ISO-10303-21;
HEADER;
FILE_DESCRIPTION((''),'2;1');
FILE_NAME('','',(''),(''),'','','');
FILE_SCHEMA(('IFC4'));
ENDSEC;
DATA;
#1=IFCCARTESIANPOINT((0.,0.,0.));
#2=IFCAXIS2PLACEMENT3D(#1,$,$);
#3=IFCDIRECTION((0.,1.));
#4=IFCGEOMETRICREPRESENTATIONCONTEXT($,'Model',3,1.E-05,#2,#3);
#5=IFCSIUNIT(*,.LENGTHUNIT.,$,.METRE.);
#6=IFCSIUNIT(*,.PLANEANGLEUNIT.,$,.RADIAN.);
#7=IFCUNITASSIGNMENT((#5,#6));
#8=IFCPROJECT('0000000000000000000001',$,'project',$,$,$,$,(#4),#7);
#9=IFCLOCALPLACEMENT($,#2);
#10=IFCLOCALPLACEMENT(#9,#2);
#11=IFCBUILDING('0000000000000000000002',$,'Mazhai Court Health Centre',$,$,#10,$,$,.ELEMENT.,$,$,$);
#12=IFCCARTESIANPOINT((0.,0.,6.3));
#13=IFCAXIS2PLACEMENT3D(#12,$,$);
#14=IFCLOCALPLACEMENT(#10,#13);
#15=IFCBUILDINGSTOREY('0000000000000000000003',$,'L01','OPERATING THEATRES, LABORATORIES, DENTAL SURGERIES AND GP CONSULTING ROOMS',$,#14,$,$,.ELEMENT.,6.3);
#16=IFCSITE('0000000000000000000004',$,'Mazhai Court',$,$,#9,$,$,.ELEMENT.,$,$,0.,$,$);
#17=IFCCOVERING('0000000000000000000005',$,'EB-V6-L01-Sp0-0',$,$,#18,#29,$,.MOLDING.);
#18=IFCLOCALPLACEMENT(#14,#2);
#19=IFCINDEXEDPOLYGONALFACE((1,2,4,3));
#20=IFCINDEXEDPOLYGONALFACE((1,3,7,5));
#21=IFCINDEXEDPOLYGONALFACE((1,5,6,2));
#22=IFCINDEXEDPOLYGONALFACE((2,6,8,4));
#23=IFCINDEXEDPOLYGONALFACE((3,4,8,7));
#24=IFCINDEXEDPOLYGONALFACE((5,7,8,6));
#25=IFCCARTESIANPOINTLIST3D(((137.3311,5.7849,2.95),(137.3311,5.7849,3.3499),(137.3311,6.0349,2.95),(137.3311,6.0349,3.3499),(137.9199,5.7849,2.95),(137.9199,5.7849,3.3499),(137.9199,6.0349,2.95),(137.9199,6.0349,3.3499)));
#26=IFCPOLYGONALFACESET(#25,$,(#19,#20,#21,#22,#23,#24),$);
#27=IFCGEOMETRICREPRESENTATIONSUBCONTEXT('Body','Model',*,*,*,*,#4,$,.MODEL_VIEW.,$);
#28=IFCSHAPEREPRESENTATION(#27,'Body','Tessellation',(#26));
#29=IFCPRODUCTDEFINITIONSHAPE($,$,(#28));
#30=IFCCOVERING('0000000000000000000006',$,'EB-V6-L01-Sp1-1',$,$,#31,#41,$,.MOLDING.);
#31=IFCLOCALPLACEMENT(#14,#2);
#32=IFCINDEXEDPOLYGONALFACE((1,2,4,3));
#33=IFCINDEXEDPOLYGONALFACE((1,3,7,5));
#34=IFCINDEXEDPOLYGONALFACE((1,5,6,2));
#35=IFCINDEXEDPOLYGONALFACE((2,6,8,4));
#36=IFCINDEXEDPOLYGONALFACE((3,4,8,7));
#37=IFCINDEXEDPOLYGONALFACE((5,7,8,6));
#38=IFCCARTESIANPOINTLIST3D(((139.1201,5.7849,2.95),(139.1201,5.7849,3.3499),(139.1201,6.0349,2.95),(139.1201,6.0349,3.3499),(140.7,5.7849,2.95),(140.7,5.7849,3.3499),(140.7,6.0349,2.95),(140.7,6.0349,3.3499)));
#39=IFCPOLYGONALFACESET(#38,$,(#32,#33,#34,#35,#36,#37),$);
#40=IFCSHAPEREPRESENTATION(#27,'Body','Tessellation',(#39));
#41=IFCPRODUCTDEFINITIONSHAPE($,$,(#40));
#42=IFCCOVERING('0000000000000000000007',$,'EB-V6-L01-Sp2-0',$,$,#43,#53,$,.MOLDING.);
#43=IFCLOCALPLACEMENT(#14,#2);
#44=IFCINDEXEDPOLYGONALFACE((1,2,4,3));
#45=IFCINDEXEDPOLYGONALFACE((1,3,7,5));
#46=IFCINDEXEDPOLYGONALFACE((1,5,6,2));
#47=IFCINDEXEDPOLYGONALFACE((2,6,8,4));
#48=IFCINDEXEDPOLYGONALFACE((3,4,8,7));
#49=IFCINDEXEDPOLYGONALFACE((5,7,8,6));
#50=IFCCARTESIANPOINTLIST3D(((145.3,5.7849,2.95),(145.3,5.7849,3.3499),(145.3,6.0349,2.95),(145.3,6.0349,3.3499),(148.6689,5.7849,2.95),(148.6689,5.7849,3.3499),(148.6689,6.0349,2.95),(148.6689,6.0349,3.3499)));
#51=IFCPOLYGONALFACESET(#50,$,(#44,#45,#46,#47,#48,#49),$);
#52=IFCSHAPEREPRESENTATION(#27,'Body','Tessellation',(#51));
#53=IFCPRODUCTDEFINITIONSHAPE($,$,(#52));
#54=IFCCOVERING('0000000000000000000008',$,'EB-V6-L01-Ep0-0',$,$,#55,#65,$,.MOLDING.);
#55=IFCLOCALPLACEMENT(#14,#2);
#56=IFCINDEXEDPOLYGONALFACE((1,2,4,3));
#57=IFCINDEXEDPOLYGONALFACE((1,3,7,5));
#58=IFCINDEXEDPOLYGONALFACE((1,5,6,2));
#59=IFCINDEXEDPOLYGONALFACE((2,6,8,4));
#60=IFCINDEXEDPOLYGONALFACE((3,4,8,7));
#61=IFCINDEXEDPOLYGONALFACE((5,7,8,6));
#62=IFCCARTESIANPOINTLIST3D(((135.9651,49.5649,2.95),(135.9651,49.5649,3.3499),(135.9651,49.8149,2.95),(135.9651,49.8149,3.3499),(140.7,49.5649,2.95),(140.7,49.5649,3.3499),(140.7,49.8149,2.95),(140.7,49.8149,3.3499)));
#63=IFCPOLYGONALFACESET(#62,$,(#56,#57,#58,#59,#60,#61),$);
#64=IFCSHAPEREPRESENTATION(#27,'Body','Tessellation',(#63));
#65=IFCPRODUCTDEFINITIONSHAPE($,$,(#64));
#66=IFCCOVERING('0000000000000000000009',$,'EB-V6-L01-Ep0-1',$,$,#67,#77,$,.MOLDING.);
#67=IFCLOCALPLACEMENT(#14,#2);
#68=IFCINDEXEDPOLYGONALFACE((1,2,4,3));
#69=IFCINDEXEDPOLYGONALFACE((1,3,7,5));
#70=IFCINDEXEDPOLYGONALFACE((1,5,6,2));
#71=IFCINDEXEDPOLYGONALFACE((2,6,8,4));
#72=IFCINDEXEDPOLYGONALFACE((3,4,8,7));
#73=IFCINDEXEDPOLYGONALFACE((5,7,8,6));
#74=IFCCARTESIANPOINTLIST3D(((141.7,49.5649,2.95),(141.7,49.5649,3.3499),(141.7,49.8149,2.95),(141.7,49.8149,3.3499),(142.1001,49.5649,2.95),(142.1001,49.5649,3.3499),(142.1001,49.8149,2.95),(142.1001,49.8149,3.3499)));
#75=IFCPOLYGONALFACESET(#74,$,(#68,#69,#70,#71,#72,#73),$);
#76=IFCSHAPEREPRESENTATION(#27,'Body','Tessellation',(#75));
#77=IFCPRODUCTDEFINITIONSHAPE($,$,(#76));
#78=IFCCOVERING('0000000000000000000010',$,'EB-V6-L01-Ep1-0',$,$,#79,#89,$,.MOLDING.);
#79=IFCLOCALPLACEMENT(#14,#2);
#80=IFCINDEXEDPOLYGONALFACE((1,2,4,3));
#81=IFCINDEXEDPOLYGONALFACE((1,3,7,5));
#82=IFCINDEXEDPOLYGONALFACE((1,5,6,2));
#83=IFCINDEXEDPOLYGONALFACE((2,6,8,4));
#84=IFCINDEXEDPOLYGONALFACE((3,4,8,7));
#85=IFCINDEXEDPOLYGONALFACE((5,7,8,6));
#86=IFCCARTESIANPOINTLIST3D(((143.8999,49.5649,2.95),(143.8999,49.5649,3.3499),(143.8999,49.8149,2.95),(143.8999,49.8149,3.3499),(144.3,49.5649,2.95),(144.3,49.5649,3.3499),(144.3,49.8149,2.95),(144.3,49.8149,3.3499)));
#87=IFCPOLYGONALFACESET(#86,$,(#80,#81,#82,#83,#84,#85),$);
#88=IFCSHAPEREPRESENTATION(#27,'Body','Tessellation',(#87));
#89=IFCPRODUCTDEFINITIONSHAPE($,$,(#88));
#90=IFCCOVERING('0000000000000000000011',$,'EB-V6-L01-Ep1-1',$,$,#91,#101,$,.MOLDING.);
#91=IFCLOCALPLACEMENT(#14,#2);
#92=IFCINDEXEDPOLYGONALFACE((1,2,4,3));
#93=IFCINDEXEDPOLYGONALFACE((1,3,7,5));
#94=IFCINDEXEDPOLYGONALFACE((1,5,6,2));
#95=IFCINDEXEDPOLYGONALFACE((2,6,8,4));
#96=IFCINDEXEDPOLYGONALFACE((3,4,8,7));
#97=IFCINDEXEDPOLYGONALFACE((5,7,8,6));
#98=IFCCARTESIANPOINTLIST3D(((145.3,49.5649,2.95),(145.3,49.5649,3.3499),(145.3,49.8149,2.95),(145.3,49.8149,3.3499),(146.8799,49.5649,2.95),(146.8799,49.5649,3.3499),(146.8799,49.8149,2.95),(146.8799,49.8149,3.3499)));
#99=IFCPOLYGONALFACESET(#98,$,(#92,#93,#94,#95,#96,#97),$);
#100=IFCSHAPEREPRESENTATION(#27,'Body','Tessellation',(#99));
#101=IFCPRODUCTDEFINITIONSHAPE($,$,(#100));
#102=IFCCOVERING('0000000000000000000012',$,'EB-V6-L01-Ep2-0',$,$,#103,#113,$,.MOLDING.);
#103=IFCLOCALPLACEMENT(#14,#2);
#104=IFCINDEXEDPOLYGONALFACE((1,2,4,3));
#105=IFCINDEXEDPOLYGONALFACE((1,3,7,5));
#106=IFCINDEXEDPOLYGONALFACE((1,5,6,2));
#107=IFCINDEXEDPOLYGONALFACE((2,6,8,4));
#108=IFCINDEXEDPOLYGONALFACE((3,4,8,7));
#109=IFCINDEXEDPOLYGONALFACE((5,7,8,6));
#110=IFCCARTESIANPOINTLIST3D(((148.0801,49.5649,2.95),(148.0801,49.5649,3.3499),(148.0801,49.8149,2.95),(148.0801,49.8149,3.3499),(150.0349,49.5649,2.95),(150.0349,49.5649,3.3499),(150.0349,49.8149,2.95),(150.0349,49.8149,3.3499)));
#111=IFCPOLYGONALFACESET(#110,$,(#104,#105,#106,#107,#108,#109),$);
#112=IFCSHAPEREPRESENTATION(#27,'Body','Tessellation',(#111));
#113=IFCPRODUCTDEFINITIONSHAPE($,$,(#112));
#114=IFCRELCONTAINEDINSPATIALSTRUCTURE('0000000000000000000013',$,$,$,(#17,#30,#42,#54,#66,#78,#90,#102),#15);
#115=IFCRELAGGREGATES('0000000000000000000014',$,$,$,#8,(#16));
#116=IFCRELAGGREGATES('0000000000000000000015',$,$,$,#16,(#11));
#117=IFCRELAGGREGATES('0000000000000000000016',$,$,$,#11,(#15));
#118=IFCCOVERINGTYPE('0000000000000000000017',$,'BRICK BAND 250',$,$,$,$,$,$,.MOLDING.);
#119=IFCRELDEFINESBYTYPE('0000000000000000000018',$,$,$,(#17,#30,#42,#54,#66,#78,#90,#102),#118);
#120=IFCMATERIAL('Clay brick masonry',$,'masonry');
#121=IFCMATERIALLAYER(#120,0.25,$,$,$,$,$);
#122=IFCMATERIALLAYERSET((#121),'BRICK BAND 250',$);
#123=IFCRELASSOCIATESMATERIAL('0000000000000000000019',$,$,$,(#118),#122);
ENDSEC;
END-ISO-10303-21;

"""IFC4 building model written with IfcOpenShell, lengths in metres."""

from ifc_helpers import new_model, si_unit, direction, frame, origin, place, context, subcontext, project, spatial, polyline, outline, extrude, material, layer, layer_set, type_object, element, save


model = new_model("IFC4")

# Units and contexts
model_context = context("Model", 3, precision=1e-05, world=origin(), true_north=direction((0.0, 1.0)))
body_context = subcontext(model_context, "Body", "Model", "MODEL_VIEW")
ifc_project = project(units=[si_unit("LENGTHUNIT", "METRE"), si_unit("PLANEANGLEUNIT", "RADIAN")], contexts=[model_context])

# Site, building, storey
site_placement = place(None, origin())
site = spatial("IfcSite", under=ifc_project, at=site_placement, Name="Mazhai Court", CompositionType="ELEMENT", RefElevation=0.0)
building_placement = place(site_placement, origin())
building = spatial("IfcBuilding", under=site, at=building_placement, Name="Mazhai Court Health Centre", CompositionType="ELEMENT")
storey_placement = place(building_placement, frame((0.0, 0.0, 6.3)))
storey = spatial("IfcBuildingStorey", under=building, at=storey_placement, Name="L01", Description="OPERATING THEATRES, LABORATORIES, DENTAL SURGERIES AND GP CONSULTING ROOMS", CompositionType="ELEMENT", Elevation=6.3)

# Coverings
ifc_material = material(Name="Clay brick masonry", Category="masonry")
ifc_layer = layer(ifc_material, 0.25)
ifc_layer_set = layer_set([ifc_layer], Name="BRICK BAND 250")
covering_type = type_object("IfcCoveringType", Name="BRICK BAND 250", PredefinedType="MOLDING", material=ifc_layer_set)
covering_1_placement = place(storey_placement, frame((0.0, 0.0, 2.95)))
element("IfcCovering", 1, at=covering_1_placement, inside=storey, type_object=covering_type, Name="EB-V6-L01-Sp0-0", PredefinedType="MOLDING", context=body_context, shape_type="SweptSolid", body=[
    extrude(outline(polyline([(137.9199, 6.0349), (137.3311, 6.0349), (137.3311, 5.7849), (137.9199, 5.7849), (137.9199, 6.0349)])), origin(), (0.0, 0.0, 1.0), 0.3999),
])
covering_2_placement = place(storey_placement, frame((0.0, 0.0, 2.95)))
element("IfcCovering", 2, at=covering_2_placement, inside=storey, type_object=covering_type, Name="EB-V6-L01-Sp1-1", PredefinedType="MOLDING", context=body_context, shape_type="SweptSolid", body=[
    extrude(outline(polyline([(140.7, 6.0349), (139.1201, 6.0349), (139.1201, 5.7849), (140.7, 5.7849), (140.7, 6.0349)])), origin(), (0.0, 0.0, 1.0), 0.3999),
])
covering_3_placement = place(storey_placement, frame((0.0, 0.0, 2.95)))
element("IfcCovering", 3, at=covering_3_placement, inside=storey, type_object=covering_type, Name="EB-V6-L01-Sp2-0", PredefinedType="MOLDING", context=body_context, shape_type="SweptSolid", body=[
    extrude(outline(polyline([(148.6689, 6.0349), (145.3, 6.0349), (145.3, 5.7849), (148.6689, 5.7849), (148.6689, 6.0349)])), origin(), (0.0, 0.0, 1.0), 0.3999),
])
covering_4_placement = place(storey_placement, frame((0.0, 0.0, 2.95)))
element("IfcCovering", 4, at=covering_4_placement, inside=storey, type_object=covering_type, Name="EB-V6-L01-Ep0-0", PredefinedType="MOLDING", context=body_context, shape_type="SweptSolid", body=[
    extrude(outline(polyline([(135.9651, 49.5649), (140.7, 49.5649), (140.7, 49.8149), (135.9651, 49.8149), (135.9651, 49.5649)])), origin(), (0.0, 0.0, 1.0), 0.3999),
])
covering_5_placement = place(storey_placement, frame((0.0, 0.0, 2.95)))
element("IfcCovering", 5, at=covering_5_placement, inside=storey, type_object=covering_type, Name="EB-V6-L01-Ep0-1", PredefinedType="MOLDING", context=body_context, shape_type="SweptSolid", body=[
    extrude(outline(polyline([(141.7, 49.5649), (142.1001, 49.5649), (142.1001, 49.8149), (141.7, 49.8149), (141.7, 49.5649)])), origin(), (0.0, 0.0, 1.0), 0.3999),
])
covering_6_placement = place(storey_placement, frame((0.0, 0.0, 2.95)))
element("IfcCovering", 6, at=covering_6_placement, inside=storey, type_object=covering_type, Name="EB-V6-L01-Ep1-0", PredefinedType="MOLDING", context=body_context, shape_type="SweptSolid", body=[
    extrude(outline(polyline([(143.8999, 49.5649), (144.3, 49.5649), (144.3, 49.8149), (143.8999, 49.8149), (143.8999, 49.5649)])), origin(), (0.0, 0.0, 1.0), 0.3999),
])
covering_7_placement = place(storey_placement, frame((0.0, 0.0, 2.95)))
element("IfcCovering", 7, at=covering_7_placement, inside=storey, type_object=covering_type, Name="EB-V6-L01-Ep1-1", PredefinedType="MOLDING", context=body_context, shape_type="SweptSolid", body=[
    extrude(outline(polyline([(145.3, 49.5649), (146.8799, 49.5649), (146.8799, 49.8149), (145.3, 49.8149), (145.3, 49.5649)])), origin(), (0.0, 0.0, 1.0), 0.3999),
])
covering_8_placement = place(storey_placement, frame((0.0, 0.0, 2.95)))
element("IfcCovering", 8, at=covering_8_placement, inside=storey, type_object=covering_type, Name="EB-V6-L01-Ep2-0", PredefinedType="MOLDING", context=body_context, shape_type="SweptSolid", body=[
    extrude(outline(polyline([(148.0801, 49.5649), (150.0349, 49.5649), (150.0349, 49.8149), (148.0801, 49.8149), (148.0801, 49.5649)])), origin(), (0.0, 0.0, 1.0), 0.3999),
])

save(model, "model.ifc")
